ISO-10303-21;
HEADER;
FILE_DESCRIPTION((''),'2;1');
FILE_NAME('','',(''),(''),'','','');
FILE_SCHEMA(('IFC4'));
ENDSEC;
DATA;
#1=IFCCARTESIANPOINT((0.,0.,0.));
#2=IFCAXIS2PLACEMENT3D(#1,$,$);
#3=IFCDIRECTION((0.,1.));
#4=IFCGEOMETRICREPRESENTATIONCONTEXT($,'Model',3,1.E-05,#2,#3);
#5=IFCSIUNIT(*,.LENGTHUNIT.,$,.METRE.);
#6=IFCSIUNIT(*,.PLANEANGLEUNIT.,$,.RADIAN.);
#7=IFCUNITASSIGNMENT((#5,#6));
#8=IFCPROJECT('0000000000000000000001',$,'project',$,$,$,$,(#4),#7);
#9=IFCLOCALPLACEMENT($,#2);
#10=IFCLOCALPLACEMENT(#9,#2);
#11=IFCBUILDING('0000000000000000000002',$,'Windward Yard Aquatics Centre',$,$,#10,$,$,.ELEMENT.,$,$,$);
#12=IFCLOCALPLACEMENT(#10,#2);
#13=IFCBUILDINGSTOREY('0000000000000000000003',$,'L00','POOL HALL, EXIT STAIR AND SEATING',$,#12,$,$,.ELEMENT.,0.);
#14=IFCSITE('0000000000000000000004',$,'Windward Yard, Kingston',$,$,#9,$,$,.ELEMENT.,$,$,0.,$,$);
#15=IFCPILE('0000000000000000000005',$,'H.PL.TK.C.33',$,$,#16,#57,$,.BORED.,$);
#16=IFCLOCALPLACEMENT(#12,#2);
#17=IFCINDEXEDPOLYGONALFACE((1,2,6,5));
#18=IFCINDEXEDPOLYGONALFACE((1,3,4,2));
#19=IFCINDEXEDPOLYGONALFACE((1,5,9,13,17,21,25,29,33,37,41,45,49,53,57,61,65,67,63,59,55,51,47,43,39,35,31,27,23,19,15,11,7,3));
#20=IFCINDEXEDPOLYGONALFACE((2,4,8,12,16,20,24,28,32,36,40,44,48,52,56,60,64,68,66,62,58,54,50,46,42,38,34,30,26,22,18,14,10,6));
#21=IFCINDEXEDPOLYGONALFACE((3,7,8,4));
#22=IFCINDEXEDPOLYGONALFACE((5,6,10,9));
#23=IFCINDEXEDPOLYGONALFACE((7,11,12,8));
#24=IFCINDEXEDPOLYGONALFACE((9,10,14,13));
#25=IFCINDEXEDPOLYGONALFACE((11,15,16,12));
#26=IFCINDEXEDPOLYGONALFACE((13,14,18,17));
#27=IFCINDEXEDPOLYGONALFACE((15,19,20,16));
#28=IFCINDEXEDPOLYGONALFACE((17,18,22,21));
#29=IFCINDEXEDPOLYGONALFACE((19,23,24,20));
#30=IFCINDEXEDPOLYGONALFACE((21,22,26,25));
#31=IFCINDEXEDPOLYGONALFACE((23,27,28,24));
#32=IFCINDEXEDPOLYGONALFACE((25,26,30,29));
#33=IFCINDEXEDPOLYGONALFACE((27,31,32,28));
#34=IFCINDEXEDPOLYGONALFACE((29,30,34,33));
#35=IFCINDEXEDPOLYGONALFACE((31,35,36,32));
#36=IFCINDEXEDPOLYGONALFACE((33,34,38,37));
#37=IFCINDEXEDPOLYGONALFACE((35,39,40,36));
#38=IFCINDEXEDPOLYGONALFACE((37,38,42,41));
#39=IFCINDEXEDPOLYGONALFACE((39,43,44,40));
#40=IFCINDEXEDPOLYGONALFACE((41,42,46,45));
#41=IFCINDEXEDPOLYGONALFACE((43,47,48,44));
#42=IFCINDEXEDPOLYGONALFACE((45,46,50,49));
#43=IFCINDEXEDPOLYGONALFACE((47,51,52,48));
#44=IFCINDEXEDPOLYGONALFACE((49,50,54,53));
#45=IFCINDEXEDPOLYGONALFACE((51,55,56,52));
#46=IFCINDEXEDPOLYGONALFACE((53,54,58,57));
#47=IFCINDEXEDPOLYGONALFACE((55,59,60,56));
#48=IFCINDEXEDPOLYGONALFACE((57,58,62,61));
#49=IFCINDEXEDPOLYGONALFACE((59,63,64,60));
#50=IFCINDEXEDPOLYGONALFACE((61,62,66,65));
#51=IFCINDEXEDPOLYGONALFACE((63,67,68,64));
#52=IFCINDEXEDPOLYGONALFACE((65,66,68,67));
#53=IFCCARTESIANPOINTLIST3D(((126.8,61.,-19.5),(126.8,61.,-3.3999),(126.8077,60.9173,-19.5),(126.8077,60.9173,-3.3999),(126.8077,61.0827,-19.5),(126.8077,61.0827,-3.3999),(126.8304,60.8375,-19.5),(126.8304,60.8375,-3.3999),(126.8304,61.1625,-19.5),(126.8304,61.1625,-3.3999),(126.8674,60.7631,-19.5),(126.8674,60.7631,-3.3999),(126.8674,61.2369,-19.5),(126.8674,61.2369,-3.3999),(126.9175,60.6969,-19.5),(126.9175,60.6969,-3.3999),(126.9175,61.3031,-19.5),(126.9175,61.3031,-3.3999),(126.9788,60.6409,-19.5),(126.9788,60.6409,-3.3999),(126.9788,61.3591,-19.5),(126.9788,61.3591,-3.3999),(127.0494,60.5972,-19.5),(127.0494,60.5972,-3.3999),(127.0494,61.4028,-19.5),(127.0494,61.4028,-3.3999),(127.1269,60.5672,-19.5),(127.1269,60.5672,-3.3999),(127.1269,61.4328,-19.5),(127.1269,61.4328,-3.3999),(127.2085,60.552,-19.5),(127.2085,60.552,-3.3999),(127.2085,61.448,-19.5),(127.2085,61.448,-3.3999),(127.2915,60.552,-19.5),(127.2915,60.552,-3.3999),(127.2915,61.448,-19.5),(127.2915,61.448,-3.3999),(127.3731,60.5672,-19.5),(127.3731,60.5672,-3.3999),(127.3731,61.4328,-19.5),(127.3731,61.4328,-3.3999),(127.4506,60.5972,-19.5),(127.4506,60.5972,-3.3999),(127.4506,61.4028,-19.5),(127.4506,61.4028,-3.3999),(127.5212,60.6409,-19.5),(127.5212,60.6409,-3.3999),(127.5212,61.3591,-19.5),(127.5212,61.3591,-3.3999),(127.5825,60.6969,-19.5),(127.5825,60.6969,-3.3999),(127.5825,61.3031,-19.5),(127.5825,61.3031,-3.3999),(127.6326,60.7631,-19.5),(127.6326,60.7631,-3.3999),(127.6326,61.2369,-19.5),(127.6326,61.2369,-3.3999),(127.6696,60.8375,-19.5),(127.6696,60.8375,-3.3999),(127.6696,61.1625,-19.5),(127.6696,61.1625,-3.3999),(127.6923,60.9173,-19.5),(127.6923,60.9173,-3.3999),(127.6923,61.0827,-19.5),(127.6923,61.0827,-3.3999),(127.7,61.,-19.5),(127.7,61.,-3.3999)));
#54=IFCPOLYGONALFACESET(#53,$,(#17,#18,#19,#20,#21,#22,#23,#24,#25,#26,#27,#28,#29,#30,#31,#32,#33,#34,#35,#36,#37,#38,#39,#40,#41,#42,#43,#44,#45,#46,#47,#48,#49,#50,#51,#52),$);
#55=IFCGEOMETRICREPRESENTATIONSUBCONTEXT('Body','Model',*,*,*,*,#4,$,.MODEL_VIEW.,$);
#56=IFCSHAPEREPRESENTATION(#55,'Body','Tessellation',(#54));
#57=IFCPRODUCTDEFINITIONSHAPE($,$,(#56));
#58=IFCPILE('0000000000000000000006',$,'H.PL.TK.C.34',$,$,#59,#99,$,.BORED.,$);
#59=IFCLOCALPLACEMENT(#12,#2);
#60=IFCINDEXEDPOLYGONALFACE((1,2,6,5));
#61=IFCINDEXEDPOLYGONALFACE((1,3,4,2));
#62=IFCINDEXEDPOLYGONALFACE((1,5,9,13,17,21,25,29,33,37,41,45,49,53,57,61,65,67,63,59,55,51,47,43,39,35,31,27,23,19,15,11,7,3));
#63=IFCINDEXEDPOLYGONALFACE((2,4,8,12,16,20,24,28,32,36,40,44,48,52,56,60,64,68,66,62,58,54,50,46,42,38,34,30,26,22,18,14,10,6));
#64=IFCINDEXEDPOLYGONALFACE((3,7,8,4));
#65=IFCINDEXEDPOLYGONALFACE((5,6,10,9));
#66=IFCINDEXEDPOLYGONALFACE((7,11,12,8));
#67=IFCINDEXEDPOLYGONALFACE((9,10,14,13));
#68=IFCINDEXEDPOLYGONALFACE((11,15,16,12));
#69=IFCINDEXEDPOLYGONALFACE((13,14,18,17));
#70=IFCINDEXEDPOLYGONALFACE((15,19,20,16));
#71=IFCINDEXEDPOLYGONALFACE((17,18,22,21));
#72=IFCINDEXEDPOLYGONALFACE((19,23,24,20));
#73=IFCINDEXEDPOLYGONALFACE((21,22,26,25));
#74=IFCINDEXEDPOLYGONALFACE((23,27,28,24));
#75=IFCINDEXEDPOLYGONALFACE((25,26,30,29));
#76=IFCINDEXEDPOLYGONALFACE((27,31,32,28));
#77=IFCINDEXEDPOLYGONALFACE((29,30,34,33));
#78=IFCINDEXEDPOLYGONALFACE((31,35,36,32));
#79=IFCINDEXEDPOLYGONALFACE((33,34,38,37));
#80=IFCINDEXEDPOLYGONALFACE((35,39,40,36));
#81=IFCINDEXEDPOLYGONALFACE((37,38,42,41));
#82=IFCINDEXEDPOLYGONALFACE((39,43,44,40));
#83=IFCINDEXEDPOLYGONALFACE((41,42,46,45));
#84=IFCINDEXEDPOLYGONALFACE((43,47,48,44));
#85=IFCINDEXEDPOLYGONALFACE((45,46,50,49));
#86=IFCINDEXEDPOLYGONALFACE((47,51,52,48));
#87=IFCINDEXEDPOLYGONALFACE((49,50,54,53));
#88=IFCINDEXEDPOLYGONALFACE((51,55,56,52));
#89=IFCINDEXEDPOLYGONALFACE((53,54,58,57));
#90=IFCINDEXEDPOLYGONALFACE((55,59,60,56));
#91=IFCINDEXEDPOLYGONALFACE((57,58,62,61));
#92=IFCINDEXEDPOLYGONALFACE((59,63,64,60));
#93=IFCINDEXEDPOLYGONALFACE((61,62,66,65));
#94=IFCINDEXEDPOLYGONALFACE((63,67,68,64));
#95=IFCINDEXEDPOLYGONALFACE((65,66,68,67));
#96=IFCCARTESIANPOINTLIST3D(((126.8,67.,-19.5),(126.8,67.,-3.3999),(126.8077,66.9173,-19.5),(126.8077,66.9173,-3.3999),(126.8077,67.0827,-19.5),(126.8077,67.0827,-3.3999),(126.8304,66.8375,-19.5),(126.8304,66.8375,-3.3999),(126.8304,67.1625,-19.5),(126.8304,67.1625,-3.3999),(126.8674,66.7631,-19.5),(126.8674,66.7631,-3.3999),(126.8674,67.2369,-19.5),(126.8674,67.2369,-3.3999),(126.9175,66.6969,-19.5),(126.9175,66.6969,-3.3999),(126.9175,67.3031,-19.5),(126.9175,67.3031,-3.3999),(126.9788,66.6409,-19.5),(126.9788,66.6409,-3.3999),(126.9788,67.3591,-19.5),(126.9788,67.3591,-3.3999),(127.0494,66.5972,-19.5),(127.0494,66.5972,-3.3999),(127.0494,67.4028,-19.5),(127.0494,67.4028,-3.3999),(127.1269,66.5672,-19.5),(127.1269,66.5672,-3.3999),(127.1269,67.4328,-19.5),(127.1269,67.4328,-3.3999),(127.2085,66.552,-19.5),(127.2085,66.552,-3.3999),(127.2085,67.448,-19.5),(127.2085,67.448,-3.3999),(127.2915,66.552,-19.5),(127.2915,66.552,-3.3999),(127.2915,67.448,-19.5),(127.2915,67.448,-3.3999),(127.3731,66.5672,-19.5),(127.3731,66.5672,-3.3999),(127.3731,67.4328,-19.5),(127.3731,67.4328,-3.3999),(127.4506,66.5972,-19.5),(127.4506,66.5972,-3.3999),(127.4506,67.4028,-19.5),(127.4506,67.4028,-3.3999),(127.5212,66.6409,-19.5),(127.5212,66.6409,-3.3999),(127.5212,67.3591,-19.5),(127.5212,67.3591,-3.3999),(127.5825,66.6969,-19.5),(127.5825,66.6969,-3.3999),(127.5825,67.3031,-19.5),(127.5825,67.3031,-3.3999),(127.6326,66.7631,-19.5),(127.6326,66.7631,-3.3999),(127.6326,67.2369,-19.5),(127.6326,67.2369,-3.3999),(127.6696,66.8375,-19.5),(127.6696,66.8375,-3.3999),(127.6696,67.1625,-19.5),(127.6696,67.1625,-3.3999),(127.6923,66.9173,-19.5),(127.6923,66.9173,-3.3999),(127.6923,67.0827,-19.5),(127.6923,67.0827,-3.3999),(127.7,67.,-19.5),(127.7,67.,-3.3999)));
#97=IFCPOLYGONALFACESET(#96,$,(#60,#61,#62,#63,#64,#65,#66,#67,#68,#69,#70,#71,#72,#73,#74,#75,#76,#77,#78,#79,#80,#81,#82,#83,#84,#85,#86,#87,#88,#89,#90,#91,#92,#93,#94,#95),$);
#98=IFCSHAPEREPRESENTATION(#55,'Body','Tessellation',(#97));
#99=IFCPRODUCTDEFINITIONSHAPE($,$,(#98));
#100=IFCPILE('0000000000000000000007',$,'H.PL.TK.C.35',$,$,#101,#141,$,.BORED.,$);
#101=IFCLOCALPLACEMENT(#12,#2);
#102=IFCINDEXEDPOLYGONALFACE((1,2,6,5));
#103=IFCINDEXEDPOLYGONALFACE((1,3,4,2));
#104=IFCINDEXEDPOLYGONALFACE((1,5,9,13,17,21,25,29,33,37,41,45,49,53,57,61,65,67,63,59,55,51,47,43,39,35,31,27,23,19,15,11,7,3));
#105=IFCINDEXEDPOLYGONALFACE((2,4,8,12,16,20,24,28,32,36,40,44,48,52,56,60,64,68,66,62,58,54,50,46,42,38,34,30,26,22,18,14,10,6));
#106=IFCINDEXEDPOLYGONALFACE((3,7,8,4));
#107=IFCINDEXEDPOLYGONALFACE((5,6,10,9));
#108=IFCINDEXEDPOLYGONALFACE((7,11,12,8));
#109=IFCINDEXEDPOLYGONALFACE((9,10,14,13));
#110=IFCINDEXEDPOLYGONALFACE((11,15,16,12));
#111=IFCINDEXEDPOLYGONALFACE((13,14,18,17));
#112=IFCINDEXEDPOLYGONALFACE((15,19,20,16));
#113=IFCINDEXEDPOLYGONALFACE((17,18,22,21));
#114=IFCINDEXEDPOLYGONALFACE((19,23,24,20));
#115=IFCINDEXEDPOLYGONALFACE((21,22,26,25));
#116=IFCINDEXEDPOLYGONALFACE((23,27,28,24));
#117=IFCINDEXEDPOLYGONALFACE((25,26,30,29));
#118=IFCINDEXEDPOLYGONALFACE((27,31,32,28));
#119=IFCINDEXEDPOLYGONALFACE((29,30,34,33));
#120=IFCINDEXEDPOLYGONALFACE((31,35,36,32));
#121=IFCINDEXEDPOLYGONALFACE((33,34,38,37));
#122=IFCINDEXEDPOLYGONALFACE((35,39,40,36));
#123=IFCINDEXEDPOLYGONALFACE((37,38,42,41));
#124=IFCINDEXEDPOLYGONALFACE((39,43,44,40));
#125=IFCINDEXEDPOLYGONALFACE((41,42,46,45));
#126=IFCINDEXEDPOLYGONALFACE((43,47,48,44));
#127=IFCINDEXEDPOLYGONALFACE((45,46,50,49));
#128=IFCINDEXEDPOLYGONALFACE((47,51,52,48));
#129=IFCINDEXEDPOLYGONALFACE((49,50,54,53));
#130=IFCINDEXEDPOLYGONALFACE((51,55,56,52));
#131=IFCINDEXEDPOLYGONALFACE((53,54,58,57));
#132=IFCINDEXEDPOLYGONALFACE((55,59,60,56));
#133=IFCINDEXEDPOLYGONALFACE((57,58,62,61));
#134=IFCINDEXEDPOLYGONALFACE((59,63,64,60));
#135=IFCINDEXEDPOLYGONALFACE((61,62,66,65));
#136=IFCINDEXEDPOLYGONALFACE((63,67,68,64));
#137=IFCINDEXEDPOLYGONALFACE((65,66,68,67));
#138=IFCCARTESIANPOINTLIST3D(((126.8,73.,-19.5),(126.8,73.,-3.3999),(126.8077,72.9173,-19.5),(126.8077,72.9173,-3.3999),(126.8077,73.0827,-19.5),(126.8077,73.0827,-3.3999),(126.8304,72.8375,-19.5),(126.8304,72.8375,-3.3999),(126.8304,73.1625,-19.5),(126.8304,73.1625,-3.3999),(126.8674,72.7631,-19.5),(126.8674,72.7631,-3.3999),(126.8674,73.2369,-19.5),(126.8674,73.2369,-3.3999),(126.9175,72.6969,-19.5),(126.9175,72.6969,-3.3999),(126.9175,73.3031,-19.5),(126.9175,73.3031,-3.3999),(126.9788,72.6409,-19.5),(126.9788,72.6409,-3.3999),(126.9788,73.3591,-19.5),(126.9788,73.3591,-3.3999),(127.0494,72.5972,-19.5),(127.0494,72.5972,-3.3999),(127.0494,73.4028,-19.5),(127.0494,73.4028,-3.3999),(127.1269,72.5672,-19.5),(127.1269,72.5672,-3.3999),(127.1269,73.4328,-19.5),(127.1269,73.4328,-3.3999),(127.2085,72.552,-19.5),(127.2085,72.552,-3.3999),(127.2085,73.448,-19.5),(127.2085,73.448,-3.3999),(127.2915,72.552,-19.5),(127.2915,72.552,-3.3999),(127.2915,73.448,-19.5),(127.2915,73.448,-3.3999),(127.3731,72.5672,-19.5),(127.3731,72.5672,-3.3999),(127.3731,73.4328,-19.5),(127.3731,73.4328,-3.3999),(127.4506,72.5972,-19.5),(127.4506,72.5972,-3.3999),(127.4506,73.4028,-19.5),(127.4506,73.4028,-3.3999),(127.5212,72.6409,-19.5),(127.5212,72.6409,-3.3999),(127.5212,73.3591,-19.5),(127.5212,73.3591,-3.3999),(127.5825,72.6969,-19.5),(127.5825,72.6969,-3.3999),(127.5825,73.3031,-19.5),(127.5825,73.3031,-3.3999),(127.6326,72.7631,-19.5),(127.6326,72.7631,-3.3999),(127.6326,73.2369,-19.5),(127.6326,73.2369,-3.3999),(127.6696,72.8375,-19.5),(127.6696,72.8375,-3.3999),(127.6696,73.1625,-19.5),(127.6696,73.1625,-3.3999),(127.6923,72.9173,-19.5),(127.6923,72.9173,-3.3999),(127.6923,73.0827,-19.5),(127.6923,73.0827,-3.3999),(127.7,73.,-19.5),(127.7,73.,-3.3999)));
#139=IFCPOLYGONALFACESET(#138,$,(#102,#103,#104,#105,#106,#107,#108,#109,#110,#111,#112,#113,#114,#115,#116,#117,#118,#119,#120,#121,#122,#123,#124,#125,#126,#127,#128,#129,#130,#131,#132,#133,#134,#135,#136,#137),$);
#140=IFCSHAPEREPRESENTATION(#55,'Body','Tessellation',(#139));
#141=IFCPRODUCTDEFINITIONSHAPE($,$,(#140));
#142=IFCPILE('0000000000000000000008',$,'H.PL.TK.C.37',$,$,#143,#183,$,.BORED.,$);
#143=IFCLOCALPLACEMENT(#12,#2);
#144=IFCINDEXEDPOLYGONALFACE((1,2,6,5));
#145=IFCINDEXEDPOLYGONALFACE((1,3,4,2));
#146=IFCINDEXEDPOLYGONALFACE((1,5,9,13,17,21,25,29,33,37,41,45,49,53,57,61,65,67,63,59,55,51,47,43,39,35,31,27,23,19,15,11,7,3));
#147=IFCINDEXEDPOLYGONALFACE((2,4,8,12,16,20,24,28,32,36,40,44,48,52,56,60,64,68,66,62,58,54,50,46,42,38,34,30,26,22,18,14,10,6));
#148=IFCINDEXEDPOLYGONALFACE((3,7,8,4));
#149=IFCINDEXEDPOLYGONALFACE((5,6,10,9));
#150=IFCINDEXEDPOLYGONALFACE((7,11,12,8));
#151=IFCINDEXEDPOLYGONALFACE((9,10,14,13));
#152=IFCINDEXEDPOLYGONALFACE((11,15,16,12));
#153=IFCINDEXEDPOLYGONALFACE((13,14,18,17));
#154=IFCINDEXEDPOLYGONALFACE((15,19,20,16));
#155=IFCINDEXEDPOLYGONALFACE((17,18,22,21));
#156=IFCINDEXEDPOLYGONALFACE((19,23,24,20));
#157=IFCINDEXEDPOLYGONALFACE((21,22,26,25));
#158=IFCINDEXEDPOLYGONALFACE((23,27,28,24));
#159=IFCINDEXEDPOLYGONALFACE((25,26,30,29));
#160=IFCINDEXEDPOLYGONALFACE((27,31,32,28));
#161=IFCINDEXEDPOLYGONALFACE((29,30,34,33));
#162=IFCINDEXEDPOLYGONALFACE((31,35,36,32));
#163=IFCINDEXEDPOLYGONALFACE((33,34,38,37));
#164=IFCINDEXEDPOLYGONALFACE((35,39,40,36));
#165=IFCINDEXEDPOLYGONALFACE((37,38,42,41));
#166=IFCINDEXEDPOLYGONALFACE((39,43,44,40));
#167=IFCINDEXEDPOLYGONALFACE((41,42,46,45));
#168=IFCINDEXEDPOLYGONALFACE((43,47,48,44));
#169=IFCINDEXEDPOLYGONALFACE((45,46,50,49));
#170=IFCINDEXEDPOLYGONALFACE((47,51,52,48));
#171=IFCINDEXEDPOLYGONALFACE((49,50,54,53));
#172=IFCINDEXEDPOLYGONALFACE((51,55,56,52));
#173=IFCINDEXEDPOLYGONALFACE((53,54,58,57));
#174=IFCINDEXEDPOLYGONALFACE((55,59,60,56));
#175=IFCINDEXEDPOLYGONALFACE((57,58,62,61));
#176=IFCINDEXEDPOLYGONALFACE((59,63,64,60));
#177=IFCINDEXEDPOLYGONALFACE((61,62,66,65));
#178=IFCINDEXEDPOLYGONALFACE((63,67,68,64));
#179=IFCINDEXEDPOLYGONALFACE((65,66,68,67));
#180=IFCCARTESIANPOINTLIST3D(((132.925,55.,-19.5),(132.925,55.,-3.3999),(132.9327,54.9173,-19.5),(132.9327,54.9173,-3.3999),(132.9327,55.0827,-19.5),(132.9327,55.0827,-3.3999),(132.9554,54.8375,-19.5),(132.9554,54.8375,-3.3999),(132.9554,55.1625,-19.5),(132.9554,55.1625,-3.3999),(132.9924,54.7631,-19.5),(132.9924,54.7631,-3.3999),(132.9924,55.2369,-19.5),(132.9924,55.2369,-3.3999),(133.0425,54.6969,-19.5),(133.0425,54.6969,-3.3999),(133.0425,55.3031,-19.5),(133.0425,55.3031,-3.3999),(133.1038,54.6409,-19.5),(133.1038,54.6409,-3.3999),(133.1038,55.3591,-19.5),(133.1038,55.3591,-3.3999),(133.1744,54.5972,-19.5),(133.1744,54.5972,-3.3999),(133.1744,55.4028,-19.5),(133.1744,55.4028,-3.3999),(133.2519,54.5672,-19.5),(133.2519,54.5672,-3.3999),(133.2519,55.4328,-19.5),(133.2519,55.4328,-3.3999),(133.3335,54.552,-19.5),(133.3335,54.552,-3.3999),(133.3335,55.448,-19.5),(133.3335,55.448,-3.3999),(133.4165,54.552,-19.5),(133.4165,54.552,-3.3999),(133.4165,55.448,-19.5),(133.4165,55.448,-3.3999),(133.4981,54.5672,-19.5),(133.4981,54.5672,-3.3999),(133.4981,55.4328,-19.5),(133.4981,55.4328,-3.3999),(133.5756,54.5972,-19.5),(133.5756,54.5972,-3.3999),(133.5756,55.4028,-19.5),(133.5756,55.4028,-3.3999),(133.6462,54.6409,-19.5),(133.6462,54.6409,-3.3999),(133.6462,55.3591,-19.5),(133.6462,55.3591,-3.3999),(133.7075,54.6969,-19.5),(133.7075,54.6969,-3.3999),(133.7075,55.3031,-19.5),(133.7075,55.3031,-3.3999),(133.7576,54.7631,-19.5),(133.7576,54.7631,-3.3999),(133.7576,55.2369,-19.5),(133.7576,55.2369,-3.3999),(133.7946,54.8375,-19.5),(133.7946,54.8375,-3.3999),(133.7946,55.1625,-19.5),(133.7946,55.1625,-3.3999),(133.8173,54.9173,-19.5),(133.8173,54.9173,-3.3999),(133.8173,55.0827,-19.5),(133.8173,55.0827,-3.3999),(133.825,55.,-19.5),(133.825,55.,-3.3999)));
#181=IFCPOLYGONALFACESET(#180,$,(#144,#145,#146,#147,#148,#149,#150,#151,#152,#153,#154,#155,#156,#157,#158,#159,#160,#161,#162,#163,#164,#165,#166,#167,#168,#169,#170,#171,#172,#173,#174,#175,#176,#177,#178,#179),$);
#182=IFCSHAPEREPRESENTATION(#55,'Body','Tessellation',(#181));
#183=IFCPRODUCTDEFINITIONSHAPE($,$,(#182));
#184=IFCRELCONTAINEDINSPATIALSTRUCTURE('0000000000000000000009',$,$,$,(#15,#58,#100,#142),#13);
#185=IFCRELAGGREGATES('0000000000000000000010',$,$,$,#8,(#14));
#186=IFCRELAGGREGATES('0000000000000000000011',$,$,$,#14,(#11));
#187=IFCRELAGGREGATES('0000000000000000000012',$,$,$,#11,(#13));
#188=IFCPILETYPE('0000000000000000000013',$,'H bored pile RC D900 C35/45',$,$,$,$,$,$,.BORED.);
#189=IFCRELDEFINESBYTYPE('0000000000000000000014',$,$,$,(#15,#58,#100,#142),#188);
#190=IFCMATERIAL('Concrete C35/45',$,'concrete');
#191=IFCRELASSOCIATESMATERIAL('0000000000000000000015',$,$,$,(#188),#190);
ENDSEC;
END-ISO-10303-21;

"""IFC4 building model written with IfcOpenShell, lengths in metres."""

from ifc_helpers import new_model, si_unit, direction, frame, origin, origin_2d, place, context, subcontext, project, spatial, circle, extrude, material, material_profile, profile_set, type_object, element, save


model = new_model("IFC4")

# Units and contexts
model_context = context("Model", 3, precision=1e-05, world=origin(), true_north=direction((0.0, 1.0)))
body_context = subcontext(model_context, "Body", "Model", "MODEL_VIEW")
ifc_project = project(units=[si_unit("LENGTHUNIT", "METRE"), si_unit("PLANEANGLEUNIT", "RADIAN")], contexts=[model_context])

# Site, building, storey
site_placement = place(None, origin())
site = spatial("IfcSite", under=ifc_project, at=site_placement, Name="Windward Yard, Kingston", CompositionType="ELEMENT", RefElevation=0.0)
building_placement = place(site_placement, origin())
building = spatial("IfcBuilding", under=site, at=building_placement, Name="Windward Yard Aquatics Centre", CompositionType="ELEMENT")
storey_placement = place(building_placement, origin())
storey = spatial("IfcBuildingStorey", under=building, at=storey_placement, Name="L00", Description="POOL HALL, EXIT STAIR AND SEATING", CompositionType="ELEMENT", Elevation=0.0)

# Piles
ifc_material_1 = material(Name="Concrete C35/45", Category="concrete")
ifc_material_profile = material_profile(ifc_material_1, circle(Radius=0.45, at=origin_2d()), Name="RC D900")
ifc_profile_set = profile_set([ifc_material_profile], Name="Concrete C35/45")
pile_type = type_object("IfcPileType", Name="H bored pile RC D900 C35/45", PredefinedType="BORED", material=ifc_profile_set)
for number, where, z_axis, x_axis, name in (
    (1, (127.25, 61.0, -3.3999), (0.0, 0.0, -1.0), (1.0, 0.0, 0.0), "H.PL.TK.C.33"),
    (2, (127.25, 67.0, -3.3999), (0.0, 0.0, -1.0), (1.0, 0.0, 0.0), "H.PL.TK.C.34"),
    (3, (127.25, 73.0, -3.3999), (0.0, 0.0, -1.0), (1.0, 0.0, 0.0), "H.PL.TK.C.35"),
    (4, (133.375, 55.0, -3.3999), (0.0, 0.0, -1.0), (1.0, 0.0, 0.0), "H.PL.TK.C.37"),
):
    element("IfcPile", number, at=place(storey_placement, frame(where, z_axis=z_axis, x_axis=x_axis)), inside=storey, type_object=pile_type, Name=name, PredefinedType="BORED", context=body_context, shape_type="SweptSolid", body=[
        extrude(circle(Radius=0.45, at=origin_2d()), origin(), (0.0, 0.0, 1.0), 16.1001),
    ])

save(model, "model.ifc")
